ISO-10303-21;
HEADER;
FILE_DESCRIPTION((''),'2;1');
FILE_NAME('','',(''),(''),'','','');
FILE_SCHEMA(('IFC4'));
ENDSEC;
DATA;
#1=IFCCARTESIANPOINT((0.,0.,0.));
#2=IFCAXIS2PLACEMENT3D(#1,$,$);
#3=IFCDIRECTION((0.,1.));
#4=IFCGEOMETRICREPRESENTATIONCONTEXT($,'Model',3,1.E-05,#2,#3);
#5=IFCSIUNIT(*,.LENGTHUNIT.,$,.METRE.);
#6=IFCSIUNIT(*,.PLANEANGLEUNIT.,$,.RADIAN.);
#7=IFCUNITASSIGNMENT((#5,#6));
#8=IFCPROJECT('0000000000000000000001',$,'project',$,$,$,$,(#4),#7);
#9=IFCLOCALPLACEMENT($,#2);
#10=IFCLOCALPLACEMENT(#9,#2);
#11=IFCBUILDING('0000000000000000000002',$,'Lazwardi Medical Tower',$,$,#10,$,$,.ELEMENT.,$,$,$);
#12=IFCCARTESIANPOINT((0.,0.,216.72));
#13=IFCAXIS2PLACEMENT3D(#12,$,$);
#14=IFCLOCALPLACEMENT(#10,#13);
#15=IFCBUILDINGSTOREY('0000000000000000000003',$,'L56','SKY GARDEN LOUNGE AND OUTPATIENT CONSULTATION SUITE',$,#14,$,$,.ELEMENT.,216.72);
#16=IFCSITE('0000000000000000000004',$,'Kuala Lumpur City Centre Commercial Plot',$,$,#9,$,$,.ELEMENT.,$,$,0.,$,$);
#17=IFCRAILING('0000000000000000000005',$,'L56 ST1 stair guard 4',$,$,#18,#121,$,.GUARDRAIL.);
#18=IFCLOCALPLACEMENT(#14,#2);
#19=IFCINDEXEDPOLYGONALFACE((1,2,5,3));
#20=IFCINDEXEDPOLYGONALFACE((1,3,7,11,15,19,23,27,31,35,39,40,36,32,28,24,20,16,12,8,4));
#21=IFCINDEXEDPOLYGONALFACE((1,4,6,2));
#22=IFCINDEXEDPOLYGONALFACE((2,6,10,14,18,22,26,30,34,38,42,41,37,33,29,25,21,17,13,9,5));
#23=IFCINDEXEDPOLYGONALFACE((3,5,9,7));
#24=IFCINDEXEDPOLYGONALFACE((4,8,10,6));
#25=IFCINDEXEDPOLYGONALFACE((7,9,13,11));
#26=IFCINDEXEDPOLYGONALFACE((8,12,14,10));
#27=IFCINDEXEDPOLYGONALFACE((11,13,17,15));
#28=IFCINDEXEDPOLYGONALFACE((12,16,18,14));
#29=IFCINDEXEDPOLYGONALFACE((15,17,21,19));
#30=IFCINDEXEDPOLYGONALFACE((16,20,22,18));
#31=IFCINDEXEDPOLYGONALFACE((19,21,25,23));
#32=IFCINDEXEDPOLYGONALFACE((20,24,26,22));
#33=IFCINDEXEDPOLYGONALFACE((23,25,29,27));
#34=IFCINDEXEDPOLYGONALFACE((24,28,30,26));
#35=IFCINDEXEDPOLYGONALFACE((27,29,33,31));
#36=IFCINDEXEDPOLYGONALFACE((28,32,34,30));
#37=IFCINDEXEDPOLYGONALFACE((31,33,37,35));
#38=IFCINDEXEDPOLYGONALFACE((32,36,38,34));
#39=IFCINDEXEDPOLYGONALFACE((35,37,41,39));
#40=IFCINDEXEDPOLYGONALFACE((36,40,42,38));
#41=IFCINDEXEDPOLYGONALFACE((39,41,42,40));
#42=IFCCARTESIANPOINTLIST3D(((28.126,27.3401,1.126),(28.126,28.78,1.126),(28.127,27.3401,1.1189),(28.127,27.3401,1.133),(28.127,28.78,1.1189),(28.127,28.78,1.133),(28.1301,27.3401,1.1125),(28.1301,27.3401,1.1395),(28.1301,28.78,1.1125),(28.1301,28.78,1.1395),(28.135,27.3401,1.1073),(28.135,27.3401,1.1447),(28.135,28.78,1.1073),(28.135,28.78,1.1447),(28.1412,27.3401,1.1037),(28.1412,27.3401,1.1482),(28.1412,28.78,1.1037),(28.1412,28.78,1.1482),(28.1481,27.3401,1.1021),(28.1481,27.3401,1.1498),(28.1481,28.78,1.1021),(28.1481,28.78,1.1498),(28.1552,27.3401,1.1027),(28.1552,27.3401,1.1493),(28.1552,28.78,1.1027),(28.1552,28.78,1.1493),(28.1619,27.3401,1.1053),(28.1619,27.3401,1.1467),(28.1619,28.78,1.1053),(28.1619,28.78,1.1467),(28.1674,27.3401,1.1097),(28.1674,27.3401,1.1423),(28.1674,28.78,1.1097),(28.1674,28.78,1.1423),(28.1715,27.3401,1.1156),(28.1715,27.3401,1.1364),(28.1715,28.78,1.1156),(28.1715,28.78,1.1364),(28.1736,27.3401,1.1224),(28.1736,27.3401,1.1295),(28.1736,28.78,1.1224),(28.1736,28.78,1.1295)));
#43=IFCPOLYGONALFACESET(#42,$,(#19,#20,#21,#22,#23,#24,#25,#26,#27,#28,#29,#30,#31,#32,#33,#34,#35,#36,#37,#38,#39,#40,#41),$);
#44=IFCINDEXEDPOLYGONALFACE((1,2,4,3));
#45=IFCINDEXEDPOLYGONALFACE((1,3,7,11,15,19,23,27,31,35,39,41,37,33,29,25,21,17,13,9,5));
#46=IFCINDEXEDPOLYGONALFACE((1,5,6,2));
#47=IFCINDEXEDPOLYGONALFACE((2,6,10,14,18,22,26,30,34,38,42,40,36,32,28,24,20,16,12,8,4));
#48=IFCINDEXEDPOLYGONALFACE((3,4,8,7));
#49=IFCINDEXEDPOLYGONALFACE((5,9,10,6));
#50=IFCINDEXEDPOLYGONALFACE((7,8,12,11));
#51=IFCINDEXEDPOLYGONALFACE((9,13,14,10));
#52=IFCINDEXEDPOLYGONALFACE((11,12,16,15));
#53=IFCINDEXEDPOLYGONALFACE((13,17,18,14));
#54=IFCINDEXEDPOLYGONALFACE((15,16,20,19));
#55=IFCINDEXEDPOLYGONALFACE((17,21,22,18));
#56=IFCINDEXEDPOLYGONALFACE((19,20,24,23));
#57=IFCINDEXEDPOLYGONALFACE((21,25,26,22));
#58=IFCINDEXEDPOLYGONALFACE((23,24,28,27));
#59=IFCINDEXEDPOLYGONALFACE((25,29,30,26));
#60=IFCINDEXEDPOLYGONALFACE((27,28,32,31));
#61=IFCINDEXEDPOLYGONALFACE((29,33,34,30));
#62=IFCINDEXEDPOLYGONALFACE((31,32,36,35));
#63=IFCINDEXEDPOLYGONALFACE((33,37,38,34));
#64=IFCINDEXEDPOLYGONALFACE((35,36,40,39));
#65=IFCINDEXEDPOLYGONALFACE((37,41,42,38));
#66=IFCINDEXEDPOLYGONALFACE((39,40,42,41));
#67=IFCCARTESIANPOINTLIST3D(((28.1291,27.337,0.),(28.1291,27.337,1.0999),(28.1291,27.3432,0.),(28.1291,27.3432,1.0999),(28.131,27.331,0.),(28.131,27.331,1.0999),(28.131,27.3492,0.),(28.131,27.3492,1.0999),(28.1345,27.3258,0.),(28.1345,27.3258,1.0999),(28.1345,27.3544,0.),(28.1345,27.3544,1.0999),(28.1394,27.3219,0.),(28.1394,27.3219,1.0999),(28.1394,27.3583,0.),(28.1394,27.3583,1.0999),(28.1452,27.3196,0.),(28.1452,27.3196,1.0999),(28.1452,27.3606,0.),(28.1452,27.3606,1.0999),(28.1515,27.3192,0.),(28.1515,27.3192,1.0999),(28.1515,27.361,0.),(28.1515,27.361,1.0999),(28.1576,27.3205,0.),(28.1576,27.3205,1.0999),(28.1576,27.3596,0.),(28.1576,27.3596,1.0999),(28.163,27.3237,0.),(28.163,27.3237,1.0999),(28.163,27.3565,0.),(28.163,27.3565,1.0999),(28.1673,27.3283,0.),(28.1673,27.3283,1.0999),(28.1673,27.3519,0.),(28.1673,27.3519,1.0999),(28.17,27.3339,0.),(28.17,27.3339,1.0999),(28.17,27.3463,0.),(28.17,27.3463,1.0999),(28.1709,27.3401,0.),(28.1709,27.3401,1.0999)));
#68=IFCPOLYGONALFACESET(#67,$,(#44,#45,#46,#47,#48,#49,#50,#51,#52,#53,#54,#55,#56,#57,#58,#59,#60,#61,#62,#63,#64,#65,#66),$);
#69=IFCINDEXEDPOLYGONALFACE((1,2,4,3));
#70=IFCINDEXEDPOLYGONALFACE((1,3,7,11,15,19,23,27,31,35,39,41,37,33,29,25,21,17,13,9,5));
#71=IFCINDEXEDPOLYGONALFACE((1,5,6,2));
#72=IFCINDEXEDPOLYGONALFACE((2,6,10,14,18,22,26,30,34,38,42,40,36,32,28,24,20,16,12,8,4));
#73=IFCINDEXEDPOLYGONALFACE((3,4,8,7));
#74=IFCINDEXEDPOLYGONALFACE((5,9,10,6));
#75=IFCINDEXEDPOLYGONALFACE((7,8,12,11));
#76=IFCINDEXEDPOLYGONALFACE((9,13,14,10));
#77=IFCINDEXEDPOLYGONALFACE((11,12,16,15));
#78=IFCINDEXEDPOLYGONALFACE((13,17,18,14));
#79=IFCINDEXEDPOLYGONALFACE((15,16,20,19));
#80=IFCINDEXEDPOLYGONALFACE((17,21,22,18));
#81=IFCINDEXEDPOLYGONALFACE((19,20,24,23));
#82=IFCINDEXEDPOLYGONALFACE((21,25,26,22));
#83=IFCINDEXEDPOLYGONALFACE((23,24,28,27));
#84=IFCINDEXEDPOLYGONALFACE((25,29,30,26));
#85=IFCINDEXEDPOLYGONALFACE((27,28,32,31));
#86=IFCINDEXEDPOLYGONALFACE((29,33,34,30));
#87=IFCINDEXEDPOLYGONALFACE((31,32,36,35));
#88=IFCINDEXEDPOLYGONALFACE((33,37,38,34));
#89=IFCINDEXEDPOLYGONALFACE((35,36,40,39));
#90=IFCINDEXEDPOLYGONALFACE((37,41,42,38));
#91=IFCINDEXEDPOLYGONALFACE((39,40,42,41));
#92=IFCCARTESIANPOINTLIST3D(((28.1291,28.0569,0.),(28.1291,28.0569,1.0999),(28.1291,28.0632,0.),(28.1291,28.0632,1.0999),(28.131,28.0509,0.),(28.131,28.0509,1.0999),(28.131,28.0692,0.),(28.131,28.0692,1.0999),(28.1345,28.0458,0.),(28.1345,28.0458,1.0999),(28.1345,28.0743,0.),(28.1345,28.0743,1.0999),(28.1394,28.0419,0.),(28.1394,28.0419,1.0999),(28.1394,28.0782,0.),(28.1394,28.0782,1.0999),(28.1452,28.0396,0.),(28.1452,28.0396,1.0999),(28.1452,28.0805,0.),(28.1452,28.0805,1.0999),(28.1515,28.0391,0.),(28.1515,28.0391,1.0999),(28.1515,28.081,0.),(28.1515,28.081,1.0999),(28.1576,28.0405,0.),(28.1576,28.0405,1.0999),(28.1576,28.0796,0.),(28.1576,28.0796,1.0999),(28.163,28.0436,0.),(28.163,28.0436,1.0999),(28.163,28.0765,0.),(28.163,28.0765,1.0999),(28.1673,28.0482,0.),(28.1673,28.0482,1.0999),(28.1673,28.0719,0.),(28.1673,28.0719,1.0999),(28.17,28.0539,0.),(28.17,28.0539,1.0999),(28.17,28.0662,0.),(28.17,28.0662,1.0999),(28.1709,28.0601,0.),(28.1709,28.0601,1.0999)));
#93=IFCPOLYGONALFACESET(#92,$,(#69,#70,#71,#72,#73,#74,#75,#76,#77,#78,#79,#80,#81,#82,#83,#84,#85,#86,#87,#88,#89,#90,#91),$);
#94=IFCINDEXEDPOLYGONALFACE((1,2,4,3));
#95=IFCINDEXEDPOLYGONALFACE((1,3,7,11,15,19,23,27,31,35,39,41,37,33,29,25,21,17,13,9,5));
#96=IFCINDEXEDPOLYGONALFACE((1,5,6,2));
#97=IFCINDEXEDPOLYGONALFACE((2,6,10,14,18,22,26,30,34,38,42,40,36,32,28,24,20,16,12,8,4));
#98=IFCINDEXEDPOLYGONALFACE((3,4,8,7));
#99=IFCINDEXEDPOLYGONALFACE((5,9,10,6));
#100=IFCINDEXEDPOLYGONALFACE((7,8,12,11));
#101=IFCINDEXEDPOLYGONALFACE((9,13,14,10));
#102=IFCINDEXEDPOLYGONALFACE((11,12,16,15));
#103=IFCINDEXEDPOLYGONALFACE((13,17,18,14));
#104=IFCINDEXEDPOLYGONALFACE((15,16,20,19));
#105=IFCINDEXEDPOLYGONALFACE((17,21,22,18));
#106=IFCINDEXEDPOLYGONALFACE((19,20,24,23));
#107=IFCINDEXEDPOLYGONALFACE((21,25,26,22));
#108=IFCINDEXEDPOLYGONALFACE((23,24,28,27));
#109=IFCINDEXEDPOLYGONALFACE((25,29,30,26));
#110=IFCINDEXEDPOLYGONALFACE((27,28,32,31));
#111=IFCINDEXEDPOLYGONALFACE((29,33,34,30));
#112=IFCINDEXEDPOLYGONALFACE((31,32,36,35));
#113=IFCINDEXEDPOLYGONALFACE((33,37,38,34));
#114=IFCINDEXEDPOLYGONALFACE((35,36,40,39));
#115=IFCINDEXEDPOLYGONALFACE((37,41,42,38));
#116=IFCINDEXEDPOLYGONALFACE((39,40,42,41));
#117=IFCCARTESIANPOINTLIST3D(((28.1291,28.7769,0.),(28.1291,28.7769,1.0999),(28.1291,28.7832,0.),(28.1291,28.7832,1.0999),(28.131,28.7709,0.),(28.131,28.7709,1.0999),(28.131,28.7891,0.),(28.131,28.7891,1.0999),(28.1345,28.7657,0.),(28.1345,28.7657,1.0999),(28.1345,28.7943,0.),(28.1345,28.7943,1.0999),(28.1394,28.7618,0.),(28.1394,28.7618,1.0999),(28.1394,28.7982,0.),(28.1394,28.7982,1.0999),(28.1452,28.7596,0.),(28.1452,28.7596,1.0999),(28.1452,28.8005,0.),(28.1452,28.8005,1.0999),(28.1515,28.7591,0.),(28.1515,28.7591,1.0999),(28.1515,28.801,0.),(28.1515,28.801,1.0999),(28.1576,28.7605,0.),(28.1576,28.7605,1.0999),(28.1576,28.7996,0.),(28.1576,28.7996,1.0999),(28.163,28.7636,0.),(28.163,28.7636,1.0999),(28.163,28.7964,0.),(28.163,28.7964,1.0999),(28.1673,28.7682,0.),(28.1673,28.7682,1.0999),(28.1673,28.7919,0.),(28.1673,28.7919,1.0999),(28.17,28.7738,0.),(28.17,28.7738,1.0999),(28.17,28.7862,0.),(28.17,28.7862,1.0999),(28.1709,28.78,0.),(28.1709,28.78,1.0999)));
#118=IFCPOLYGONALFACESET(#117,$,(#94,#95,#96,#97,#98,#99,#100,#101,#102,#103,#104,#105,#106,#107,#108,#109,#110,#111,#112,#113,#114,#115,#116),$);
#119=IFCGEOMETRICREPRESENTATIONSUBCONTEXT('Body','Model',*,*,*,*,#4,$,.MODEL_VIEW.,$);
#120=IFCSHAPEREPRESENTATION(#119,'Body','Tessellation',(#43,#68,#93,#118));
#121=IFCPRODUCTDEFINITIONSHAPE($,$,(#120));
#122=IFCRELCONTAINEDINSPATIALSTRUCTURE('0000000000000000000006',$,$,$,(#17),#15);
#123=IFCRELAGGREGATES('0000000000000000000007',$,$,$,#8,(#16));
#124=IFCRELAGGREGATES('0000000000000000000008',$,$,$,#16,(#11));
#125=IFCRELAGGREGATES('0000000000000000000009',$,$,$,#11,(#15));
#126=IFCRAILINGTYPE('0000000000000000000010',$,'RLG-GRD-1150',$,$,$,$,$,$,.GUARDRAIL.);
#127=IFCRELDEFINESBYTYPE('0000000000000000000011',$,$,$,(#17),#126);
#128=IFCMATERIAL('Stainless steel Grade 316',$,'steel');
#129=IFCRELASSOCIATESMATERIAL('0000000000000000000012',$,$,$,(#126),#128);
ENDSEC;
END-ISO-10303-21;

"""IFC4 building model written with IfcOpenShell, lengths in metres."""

from ifc_helpers import new_model, si_unit, direction, frame, origin, origin_2d, place, context, subcontext, project, spatial, circle, extrude, material, type_object, element, save


model = new_model("IFC4")

# Units and contexts
model_context = context("Model", 3, precision=1e-05, world=origin(), true_north=direction((0.0, 1.0)))
body_context = subcontext(model_context, "Body", "Model", "MODEL_VIEW")
ifc_project = project(units=[si_unit("LENGTHUNIT", "METRE"), si_unit("PLANEANGLEUNIT", "RADIAN")], contexts=[model_context])

# Site, building, storey
site_placement = place(None, origin())
site = spatial("IfcSite", under=ifc_project, at=site_placement, Name="Kuala Lumpur City Centre Commercial Plot", CompositionType="ELEMENT", RefElevation=0.0)
building_placement = place(site_placement, origin())
building = spatial("IfcBuilding", under=site, at=building_placement, Name="Lazwardi Medical Tower", CompositionType="ELEMENT")
storey_placement = place(building_placement, frame((0.0, 0.0, 216.72)))
storey = spatial("IfcBuildingStorey", under=building, at=storey_placement, Name="L56", Description="SKY GARDEN LOUNGE AND OUTPATIENT CONSULTATION SUITE", CompositionType="ELEMENT", Elevation=216.72)

# Railing
ifc_material_1 = material(Name="Stainless steel Grade 316", Category="steel")
railing_type_1 = type_object("IfcRailingType", Name="RLG-GRD-1150", PredefinedType="GUARDRAIL", material=ifc_material_1)
railing_1_placement = place(storey_placement, frame((28.1499, 27.3401, 0.0)))
element("IfcRailing", 1, at=railing_1_placement, inside=storey, type_object=railing_type_1, Name="L56 ST1 stair guard 4", PredefinedType="GUARDRAIL", context=body_context, shape_type="SweptSolid", body=[
    extrude(circle(Radius=0.0239, at=origin_2d()), frame((0.0, 0.0, 1.126), z_axis=(0.0, 1.0, 0.0), x_axis=(-1.0, 0.0, 0.0)), (0.0, 0.0, 1.0), 1.4399),
    extrude(circle(Radius=0.021, at=origin_2d()), origin(), (0.0, 0.0, 1.0), 1.0999),
    extrude(circle(Radius=0.021, at=origin_2d()), frame((0.0, 0.72, 0.0)), (0.0, 0.0, 1.0), 1.0999),
    extrude(circle(Radius=0.021, at=origin_2d()), frame((0.0, 1.4399, 0.0)), (0.0, 0.0, 1.0), 1.0999),
])

save(model, "model.ifc")
